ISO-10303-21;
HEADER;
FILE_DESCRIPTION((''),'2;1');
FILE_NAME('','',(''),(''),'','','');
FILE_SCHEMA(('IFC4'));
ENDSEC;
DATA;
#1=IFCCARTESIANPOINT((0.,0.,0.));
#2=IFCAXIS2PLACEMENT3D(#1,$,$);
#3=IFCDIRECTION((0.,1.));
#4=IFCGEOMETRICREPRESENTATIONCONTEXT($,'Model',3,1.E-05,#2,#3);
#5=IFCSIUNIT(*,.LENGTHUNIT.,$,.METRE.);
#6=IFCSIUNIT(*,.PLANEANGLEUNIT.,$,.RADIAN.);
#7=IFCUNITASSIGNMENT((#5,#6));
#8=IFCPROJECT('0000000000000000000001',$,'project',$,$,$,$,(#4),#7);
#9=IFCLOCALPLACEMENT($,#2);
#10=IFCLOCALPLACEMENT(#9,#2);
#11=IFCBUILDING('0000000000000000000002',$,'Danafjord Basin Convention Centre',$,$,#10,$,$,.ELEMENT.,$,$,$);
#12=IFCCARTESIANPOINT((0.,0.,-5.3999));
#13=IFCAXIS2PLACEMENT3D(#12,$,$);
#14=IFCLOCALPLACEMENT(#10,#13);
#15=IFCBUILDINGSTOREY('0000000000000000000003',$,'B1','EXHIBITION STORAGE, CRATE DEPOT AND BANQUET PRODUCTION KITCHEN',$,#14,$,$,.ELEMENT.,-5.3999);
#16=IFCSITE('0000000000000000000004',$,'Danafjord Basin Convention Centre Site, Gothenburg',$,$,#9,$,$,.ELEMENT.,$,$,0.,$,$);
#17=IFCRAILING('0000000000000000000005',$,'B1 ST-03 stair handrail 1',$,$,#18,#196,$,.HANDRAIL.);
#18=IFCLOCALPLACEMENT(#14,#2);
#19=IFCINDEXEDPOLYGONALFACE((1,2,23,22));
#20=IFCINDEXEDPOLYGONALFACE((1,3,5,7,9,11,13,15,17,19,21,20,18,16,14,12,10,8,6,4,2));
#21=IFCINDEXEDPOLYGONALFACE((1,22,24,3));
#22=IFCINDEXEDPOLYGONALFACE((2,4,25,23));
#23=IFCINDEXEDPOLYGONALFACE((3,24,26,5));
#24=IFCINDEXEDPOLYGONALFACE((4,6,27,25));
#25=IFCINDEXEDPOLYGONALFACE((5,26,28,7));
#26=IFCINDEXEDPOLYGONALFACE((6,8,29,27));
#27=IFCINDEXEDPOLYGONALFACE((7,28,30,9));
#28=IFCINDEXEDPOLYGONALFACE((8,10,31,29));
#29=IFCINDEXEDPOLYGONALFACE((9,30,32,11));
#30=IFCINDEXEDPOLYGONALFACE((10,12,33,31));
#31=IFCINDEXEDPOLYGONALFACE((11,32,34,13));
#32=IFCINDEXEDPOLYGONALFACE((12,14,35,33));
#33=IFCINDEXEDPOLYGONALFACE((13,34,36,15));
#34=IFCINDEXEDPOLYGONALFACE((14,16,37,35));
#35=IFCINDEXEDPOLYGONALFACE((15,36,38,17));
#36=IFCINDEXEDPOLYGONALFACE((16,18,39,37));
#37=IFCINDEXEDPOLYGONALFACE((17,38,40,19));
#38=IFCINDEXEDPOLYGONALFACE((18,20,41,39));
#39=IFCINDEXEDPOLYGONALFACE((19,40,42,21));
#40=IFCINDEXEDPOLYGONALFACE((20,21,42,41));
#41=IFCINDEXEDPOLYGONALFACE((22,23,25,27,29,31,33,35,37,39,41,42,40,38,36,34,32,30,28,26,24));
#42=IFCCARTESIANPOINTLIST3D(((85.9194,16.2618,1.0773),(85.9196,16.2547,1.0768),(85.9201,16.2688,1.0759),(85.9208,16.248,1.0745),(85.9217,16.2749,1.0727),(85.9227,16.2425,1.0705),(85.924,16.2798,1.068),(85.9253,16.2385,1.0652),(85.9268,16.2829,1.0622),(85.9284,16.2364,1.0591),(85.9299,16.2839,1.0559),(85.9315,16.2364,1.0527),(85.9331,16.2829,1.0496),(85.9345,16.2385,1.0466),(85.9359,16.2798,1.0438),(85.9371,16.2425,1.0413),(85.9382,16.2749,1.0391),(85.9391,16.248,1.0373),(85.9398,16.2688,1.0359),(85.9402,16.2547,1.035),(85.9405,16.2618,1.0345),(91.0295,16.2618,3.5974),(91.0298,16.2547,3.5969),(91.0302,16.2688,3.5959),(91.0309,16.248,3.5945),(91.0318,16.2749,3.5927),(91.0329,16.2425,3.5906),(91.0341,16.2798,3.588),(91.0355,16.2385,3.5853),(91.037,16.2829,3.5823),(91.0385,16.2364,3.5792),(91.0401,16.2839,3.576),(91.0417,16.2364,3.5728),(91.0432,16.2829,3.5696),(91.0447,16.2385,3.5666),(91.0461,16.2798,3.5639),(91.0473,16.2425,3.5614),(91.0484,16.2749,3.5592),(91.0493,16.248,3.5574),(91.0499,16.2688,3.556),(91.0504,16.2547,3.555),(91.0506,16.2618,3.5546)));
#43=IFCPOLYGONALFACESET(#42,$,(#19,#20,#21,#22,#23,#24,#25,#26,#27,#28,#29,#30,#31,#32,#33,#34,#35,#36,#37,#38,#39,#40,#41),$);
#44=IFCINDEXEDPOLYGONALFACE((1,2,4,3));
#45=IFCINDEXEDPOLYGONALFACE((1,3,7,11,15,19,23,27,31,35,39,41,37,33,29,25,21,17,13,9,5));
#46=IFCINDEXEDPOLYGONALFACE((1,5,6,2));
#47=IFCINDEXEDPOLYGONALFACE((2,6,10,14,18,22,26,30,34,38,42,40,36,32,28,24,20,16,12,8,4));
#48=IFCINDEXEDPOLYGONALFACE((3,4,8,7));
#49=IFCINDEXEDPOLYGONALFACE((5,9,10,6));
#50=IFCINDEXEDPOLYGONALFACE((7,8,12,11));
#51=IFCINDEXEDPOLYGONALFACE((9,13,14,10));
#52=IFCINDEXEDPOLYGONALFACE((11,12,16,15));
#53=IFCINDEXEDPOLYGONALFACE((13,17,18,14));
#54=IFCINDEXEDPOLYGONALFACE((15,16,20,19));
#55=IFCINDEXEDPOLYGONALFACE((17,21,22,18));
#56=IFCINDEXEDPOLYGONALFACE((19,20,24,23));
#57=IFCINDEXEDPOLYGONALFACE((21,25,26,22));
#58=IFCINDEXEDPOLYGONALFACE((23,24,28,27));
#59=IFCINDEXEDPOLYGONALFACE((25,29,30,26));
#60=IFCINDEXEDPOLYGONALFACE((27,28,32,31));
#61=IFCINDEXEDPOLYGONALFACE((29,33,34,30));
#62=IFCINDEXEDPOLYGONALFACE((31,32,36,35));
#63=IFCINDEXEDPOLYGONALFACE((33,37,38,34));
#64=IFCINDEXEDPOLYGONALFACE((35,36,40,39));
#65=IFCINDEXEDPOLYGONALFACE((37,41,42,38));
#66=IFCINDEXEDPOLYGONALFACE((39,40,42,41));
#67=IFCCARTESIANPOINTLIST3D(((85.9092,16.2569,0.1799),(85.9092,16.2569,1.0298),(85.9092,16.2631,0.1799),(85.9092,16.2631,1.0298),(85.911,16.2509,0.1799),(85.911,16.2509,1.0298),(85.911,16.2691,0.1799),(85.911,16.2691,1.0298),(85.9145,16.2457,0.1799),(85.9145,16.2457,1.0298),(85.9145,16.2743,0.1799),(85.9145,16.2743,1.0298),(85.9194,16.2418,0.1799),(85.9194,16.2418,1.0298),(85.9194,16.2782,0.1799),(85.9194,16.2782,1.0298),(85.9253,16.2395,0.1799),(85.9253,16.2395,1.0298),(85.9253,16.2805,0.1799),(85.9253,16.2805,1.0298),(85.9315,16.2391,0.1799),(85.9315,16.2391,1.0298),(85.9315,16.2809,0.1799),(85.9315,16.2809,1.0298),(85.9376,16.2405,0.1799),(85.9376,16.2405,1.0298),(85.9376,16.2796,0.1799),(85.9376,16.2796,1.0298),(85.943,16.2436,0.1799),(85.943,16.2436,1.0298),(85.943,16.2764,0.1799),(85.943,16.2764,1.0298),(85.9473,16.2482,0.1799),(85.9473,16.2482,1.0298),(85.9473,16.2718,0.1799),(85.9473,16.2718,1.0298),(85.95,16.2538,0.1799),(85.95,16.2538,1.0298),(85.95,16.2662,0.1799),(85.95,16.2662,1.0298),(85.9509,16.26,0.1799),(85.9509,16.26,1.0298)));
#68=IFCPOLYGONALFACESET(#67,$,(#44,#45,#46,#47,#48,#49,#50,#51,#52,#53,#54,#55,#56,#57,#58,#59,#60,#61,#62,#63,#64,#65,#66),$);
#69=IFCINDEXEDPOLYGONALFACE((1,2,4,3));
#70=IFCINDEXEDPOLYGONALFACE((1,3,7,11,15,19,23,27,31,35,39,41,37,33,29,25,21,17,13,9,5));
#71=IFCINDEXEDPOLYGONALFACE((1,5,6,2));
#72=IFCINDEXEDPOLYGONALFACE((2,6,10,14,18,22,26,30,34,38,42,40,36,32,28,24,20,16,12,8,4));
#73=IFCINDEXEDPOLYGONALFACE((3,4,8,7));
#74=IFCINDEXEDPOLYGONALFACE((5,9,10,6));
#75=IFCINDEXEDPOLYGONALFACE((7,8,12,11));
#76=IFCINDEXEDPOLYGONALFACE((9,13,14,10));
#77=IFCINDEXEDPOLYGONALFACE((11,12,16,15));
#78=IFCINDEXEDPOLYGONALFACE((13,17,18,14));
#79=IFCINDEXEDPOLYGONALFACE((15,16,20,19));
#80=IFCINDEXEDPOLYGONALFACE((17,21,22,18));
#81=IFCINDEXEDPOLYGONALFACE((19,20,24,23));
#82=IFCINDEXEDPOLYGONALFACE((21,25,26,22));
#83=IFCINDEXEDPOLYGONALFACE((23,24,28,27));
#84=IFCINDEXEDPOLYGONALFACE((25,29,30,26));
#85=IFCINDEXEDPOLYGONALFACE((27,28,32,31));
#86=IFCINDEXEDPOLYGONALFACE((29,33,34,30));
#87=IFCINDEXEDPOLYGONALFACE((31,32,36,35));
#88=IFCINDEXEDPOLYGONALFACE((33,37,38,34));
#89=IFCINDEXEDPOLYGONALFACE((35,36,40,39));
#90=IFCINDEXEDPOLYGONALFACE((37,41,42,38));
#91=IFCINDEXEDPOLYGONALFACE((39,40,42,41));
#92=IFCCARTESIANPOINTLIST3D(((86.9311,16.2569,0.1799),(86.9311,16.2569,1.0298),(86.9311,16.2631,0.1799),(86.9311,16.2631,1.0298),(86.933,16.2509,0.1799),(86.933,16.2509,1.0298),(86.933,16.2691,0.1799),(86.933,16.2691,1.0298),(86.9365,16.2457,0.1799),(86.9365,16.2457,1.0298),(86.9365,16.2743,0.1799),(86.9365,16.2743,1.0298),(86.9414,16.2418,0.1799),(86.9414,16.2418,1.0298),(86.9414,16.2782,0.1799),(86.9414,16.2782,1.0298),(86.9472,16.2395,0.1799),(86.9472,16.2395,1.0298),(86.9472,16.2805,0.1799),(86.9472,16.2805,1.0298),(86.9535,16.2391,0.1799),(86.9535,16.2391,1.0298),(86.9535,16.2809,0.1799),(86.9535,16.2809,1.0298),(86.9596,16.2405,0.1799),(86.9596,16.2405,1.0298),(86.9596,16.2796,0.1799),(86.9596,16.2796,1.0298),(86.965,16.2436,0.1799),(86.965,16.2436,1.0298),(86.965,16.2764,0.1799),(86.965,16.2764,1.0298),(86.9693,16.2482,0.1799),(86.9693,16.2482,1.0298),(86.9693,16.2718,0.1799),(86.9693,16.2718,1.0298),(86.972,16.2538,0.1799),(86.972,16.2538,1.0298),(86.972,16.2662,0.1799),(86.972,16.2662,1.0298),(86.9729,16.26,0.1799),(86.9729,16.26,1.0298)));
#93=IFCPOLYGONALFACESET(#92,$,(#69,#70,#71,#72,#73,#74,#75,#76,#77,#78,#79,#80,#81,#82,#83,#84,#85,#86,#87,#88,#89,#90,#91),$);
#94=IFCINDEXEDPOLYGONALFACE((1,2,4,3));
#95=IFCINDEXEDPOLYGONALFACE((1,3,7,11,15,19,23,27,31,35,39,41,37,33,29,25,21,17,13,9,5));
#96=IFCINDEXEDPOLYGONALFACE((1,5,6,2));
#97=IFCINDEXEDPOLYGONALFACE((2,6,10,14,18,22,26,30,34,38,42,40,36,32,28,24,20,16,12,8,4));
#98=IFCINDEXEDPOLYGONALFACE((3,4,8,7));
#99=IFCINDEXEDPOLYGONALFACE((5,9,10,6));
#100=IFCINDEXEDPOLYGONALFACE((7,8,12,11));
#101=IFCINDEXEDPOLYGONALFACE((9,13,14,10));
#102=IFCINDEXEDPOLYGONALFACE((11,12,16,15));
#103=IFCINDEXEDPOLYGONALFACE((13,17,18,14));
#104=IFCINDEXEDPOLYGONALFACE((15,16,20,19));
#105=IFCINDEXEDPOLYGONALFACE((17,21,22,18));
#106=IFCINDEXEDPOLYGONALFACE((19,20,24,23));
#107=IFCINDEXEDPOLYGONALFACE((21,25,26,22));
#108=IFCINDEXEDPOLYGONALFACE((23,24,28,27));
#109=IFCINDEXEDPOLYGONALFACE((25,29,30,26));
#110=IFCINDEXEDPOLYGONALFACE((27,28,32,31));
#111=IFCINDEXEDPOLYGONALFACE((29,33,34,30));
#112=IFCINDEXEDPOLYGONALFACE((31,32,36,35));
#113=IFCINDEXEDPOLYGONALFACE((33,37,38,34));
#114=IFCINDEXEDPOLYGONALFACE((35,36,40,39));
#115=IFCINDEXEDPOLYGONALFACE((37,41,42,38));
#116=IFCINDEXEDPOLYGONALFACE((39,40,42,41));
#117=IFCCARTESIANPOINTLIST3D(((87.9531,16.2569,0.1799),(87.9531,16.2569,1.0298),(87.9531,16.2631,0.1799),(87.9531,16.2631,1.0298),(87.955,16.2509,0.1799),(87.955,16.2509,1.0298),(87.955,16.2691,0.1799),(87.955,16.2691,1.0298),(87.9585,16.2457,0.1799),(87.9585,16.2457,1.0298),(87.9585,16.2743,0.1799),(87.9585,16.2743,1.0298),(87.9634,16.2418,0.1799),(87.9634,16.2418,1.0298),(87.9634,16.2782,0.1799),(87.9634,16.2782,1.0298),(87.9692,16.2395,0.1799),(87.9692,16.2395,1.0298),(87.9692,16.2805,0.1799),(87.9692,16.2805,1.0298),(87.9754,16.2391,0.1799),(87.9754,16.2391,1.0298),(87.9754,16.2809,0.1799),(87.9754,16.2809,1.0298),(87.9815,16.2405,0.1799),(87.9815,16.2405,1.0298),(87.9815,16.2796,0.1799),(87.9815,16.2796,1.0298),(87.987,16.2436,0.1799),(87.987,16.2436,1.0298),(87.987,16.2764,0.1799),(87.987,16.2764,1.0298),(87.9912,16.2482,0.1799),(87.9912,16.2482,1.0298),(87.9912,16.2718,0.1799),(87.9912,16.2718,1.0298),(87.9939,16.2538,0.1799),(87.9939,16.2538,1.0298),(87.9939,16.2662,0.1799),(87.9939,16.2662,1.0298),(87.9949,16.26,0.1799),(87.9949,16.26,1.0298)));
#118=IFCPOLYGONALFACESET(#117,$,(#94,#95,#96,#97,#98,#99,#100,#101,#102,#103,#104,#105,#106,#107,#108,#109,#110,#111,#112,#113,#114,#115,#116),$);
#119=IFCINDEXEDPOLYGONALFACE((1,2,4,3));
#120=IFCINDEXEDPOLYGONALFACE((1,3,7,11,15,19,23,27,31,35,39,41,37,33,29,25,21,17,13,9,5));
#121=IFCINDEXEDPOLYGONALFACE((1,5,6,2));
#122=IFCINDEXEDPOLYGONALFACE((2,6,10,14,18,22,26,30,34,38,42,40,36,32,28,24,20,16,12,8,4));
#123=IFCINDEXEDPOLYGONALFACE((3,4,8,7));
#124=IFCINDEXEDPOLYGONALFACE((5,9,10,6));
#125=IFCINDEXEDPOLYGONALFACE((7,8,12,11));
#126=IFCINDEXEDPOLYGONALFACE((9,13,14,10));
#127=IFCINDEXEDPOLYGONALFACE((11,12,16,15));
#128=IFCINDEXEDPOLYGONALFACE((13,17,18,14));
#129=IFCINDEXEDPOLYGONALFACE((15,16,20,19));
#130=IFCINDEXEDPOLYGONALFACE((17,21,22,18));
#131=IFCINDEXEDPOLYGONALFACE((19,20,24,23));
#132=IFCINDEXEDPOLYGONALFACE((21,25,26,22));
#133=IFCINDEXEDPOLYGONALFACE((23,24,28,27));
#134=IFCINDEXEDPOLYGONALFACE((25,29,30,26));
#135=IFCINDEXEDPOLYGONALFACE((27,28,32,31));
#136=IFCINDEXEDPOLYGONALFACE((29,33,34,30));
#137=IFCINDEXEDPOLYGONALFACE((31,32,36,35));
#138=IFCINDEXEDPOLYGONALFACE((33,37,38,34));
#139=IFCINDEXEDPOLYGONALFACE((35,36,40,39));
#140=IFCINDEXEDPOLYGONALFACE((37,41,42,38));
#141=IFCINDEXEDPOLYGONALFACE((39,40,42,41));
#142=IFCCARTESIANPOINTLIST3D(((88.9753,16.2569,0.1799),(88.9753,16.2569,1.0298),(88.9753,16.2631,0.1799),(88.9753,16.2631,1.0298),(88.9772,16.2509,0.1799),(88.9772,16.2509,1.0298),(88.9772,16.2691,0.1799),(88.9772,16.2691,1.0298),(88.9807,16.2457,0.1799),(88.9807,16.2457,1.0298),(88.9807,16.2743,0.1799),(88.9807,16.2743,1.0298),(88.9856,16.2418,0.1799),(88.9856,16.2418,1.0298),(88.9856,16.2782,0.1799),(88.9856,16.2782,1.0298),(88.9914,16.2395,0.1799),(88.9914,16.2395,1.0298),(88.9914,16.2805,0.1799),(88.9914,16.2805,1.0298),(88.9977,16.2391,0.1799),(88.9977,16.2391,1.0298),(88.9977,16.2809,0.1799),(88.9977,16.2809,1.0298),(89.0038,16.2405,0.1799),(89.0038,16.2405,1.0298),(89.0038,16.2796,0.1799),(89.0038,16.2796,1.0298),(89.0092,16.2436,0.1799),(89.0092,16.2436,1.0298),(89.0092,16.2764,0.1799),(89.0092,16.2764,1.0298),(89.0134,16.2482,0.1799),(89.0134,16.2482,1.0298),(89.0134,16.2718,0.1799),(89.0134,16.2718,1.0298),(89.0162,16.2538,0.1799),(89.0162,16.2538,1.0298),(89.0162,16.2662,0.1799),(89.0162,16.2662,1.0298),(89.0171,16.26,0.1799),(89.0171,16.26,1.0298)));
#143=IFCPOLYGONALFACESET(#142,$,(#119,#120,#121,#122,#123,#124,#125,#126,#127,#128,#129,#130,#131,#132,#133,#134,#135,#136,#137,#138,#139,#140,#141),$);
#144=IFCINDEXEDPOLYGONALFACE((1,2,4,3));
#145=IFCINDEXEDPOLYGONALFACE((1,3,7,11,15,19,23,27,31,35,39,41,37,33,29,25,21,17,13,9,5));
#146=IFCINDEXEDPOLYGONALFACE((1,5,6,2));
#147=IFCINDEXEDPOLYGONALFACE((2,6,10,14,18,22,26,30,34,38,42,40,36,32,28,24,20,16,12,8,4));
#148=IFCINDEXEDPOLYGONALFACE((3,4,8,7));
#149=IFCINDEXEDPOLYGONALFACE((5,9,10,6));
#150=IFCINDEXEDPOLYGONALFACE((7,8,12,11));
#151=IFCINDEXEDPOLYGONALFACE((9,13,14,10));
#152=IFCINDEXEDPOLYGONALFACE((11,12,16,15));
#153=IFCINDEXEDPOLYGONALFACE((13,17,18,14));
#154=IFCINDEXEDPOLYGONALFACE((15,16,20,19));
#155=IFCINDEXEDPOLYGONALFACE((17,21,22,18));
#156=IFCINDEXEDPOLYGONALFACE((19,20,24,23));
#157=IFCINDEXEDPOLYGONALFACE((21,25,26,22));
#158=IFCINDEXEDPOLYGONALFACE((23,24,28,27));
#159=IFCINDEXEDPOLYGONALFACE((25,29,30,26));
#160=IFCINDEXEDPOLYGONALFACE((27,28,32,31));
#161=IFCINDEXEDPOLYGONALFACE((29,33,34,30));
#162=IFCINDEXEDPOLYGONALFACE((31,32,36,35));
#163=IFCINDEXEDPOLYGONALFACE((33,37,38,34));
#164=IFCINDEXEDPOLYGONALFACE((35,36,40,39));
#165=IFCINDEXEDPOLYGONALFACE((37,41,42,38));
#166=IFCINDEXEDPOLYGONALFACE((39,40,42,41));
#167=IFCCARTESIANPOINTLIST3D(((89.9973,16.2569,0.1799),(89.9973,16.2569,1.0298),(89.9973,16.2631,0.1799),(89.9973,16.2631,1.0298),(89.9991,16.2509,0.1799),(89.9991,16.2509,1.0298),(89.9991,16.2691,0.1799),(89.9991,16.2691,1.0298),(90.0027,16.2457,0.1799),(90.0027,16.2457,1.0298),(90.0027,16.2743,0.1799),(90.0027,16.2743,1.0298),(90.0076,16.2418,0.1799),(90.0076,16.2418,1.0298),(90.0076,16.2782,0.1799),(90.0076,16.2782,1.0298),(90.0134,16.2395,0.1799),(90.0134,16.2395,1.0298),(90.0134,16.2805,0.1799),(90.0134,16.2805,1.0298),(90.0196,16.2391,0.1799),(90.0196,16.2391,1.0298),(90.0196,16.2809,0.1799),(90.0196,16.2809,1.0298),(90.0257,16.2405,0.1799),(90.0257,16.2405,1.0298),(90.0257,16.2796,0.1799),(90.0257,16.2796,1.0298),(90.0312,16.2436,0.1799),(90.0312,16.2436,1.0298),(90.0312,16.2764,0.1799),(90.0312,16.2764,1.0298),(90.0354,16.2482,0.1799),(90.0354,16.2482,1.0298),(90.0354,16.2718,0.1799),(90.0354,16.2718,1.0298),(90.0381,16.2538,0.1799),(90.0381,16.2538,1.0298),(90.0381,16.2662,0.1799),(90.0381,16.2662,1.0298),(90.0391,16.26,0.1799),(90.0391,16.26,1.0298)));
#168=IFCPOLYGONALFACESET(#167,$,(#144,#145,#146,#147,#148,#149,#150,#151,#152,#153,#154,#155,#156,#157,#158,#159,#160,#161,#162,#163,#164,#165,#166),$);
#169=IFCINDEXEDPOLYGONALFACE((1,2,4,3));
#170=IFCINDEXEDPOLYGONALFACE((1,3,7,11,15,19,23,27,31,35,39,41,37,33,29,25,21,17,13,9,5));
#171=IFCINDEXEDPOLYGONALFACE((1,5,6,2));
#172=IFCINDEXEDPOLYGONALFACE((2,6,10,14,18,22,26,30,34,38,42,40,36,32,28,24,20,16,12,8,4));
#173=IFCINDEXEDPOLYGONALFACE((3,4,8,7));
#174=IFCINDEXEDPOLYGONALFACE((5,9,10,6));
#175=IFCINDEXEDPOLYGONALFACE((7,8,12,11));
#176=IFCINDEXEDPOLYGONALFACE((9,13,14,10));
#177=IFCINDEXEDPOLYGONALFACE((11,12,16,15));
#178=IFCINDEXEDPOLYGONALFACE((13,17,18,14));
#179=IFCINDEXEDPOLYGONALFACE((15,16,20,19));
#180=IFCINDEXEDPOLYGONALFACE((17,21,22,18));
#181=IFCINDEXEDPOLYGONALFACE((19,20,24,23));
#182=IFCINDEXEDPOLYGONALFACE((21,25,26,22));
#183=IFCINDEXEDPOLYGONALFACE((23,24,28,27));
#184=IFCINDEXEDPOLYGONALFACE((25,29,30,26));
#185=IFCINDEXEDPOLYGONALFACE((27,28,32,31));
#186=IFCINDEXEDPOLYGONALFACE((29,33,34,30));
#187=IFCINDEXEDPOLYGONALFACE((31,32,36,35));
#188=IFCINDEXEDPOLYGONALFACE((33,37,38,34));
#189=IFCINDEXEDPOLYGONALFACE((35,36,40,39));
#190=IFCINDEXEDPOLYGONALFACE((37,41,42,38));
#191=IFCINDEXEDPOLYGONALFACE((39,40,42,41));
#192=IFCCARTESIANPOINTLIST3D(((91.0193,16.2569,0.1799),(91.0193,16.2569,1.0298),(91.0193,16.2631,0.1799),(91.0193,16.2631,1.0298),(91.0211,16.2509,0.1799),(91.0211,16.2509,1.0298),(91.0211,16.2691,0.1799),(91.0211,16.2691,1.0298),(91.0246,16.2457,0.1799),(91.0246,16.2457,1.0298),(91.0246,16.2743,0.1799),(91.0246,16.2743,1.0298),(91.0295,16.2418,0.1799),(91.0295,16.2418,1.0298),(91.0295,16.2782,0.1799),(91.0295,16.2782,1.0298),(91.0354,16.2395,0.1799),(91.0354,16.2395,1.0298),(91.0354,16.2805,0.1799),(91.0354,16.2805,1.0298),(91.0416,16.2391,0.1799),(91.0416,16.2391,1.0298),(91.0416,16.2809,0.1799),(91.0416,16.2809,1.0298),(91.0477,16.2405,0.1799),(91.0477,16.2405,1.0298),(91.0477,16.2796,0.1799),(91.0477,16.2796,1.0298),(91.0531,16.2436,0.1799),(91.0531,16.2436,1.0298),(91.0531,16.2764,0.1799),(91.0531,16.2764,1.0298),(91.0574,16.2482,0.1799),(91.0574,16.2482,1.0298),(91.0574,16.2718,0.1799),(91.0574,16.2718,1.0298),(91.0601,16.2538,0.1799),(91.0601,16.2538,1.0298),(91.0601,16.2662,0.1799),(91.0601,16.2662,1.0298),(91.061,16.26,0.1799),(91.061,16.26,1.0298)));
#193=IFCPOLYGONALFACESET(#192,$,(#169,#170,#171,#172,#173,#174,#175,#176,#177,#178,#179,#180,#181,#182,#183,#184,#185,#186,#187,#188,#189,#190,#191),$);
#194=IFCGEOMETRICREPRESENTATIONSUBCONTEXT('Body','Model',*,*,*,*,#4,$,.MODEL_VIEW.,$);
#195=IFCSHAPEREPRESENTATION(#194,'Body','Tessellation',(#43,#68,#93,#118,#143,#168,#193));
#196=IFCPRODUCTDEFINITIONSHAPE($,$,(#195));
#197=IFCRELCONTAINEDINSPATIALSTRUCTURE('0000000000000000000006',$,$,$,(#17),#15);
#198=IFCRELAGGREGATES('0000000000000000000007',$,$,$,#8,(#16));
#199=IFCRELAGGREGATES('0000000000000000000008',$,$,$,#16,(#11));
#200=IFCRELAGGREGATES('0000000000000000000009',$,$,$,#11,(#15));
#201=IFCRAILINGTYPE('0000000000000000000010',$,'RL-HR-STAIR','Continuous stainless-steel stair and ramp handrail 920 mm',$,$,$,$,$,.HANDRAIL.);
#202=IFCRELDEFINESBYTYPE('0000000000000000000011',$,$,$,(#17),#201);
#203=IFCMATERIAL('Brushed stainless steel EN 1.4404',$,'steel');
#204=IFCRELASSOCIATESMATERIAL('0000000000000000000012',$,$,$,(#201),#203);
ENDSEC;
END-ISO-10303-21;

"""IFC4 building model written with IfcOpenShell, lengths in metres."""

from ifc_helpers import new_model, si_unit, direction, frame, origin, origin_2d, place, context, subcontext, project, spatial, circle, extrude, material, type_object, element, save


model = new_model("IFC4")

# Units and contexts
model_context = context("Model", 3, precision=1e-05, world=origin(), true_north=direction((0.0, 1.0)))
body_context = subcontext(model_context, "Body", "Model", "MODEL_VIEW")
ifc_project = project(units=[si_unit("LENGTHUNIT", "METRE"), si_unit("PLANEANGLEUNIT", "RADIAN")], contexts=[model_context])

# Site, building, storey
site_placement = place(None, origin())
site = spatial("IfcSite", under=ifc_project, at=site_placement, Name="Danafjord Basin Convention Centre Site, Gothenburg", CompositionType="ELEMENT", RefElevation=0.0)
building_placement = place(site_placement, origin())
building = spatial("IfcBuilding", under=site, at=building_placement, Name="Danafjord Basin Convention Centre", CompositionType="ELEMENT")
storey_placement = place(building_placement, frame((0.0, 0.0, -5.3999)))
storey = spatial("IfcBuildingStorey", under=building, at=storey_placement, Name="B1", Description="EXHIBITION STORAGE, CRATE DEPOT AND BANQUET PRODUCTION KITCHEN", CompositionType="ELEMENT", Elevation=-5.3999)

# Railing
ifc_material_1 = material(Name="Brushed stainless steel EN 1.4404", Category="steel")
railing_type_1 = type_object("IfcRailingType", Name="RL-HR-STAIR", Description="Continuous stainless-steel stair and ramp handrail 920 mm", PredefinedType="HANDRAIL", material=ifc_material_1)
railing_1_placement = place(storey_placement, frame((85.9299, 16.26, 0.1799)))
element("IfcRailing", 1, at=railing_1_placement, inside=storey, type_object=railing_type_1, Name="B1 ST-03 stair handrail 1", PredefinedType="HANDRAIL", context=body_context, shape_type="SweptSolid", body=[
    extrude(circle(Radius=0.0239, at=origin_2d()), frame((0.0, 0.0, 0.876), z_axis=(0.896873, 0.0, 0.442288), x_axis=(0.0, 1.0, 0.0)), (0.0, 0.0, 1.0), 5.6978),
    extrude(circle(Radius=0.021, at=origin_2d()), origin(), (0.0, 0.0, 1.0), 0.8499),
    extrude(circle(Radius=0.021, at=origin_2d()), frame((1.022, 0.0, 0.0)), (0.0, 0.0, 1.0), 0.8499),
    extrude(circle(Radius=0.021, at=origin_2d()), frame((2.0439, 0.0, 0.0)), (0.0, 0.0, 1.0), 0.8499),
    extrude(circle(Radius=0.021, at=origin_2d()), frame((3.0662, 0.0, 0.0)), (0.0, 0.0, 1.0), 0.8499),
    extrude(circle(Radius=0.021, at=origin_2d()), frame((4.0881, 0.0, 0.0)), (0.0, 0.0, 1.0), 0.8499),
    extrude(circle(Radius=0.021, at=origin_2d()), frame((5.1101, 0.0, 0.0)), (0.0, 0.0, 1.0), 0.8499),
])

save(model, "model.ifc")
